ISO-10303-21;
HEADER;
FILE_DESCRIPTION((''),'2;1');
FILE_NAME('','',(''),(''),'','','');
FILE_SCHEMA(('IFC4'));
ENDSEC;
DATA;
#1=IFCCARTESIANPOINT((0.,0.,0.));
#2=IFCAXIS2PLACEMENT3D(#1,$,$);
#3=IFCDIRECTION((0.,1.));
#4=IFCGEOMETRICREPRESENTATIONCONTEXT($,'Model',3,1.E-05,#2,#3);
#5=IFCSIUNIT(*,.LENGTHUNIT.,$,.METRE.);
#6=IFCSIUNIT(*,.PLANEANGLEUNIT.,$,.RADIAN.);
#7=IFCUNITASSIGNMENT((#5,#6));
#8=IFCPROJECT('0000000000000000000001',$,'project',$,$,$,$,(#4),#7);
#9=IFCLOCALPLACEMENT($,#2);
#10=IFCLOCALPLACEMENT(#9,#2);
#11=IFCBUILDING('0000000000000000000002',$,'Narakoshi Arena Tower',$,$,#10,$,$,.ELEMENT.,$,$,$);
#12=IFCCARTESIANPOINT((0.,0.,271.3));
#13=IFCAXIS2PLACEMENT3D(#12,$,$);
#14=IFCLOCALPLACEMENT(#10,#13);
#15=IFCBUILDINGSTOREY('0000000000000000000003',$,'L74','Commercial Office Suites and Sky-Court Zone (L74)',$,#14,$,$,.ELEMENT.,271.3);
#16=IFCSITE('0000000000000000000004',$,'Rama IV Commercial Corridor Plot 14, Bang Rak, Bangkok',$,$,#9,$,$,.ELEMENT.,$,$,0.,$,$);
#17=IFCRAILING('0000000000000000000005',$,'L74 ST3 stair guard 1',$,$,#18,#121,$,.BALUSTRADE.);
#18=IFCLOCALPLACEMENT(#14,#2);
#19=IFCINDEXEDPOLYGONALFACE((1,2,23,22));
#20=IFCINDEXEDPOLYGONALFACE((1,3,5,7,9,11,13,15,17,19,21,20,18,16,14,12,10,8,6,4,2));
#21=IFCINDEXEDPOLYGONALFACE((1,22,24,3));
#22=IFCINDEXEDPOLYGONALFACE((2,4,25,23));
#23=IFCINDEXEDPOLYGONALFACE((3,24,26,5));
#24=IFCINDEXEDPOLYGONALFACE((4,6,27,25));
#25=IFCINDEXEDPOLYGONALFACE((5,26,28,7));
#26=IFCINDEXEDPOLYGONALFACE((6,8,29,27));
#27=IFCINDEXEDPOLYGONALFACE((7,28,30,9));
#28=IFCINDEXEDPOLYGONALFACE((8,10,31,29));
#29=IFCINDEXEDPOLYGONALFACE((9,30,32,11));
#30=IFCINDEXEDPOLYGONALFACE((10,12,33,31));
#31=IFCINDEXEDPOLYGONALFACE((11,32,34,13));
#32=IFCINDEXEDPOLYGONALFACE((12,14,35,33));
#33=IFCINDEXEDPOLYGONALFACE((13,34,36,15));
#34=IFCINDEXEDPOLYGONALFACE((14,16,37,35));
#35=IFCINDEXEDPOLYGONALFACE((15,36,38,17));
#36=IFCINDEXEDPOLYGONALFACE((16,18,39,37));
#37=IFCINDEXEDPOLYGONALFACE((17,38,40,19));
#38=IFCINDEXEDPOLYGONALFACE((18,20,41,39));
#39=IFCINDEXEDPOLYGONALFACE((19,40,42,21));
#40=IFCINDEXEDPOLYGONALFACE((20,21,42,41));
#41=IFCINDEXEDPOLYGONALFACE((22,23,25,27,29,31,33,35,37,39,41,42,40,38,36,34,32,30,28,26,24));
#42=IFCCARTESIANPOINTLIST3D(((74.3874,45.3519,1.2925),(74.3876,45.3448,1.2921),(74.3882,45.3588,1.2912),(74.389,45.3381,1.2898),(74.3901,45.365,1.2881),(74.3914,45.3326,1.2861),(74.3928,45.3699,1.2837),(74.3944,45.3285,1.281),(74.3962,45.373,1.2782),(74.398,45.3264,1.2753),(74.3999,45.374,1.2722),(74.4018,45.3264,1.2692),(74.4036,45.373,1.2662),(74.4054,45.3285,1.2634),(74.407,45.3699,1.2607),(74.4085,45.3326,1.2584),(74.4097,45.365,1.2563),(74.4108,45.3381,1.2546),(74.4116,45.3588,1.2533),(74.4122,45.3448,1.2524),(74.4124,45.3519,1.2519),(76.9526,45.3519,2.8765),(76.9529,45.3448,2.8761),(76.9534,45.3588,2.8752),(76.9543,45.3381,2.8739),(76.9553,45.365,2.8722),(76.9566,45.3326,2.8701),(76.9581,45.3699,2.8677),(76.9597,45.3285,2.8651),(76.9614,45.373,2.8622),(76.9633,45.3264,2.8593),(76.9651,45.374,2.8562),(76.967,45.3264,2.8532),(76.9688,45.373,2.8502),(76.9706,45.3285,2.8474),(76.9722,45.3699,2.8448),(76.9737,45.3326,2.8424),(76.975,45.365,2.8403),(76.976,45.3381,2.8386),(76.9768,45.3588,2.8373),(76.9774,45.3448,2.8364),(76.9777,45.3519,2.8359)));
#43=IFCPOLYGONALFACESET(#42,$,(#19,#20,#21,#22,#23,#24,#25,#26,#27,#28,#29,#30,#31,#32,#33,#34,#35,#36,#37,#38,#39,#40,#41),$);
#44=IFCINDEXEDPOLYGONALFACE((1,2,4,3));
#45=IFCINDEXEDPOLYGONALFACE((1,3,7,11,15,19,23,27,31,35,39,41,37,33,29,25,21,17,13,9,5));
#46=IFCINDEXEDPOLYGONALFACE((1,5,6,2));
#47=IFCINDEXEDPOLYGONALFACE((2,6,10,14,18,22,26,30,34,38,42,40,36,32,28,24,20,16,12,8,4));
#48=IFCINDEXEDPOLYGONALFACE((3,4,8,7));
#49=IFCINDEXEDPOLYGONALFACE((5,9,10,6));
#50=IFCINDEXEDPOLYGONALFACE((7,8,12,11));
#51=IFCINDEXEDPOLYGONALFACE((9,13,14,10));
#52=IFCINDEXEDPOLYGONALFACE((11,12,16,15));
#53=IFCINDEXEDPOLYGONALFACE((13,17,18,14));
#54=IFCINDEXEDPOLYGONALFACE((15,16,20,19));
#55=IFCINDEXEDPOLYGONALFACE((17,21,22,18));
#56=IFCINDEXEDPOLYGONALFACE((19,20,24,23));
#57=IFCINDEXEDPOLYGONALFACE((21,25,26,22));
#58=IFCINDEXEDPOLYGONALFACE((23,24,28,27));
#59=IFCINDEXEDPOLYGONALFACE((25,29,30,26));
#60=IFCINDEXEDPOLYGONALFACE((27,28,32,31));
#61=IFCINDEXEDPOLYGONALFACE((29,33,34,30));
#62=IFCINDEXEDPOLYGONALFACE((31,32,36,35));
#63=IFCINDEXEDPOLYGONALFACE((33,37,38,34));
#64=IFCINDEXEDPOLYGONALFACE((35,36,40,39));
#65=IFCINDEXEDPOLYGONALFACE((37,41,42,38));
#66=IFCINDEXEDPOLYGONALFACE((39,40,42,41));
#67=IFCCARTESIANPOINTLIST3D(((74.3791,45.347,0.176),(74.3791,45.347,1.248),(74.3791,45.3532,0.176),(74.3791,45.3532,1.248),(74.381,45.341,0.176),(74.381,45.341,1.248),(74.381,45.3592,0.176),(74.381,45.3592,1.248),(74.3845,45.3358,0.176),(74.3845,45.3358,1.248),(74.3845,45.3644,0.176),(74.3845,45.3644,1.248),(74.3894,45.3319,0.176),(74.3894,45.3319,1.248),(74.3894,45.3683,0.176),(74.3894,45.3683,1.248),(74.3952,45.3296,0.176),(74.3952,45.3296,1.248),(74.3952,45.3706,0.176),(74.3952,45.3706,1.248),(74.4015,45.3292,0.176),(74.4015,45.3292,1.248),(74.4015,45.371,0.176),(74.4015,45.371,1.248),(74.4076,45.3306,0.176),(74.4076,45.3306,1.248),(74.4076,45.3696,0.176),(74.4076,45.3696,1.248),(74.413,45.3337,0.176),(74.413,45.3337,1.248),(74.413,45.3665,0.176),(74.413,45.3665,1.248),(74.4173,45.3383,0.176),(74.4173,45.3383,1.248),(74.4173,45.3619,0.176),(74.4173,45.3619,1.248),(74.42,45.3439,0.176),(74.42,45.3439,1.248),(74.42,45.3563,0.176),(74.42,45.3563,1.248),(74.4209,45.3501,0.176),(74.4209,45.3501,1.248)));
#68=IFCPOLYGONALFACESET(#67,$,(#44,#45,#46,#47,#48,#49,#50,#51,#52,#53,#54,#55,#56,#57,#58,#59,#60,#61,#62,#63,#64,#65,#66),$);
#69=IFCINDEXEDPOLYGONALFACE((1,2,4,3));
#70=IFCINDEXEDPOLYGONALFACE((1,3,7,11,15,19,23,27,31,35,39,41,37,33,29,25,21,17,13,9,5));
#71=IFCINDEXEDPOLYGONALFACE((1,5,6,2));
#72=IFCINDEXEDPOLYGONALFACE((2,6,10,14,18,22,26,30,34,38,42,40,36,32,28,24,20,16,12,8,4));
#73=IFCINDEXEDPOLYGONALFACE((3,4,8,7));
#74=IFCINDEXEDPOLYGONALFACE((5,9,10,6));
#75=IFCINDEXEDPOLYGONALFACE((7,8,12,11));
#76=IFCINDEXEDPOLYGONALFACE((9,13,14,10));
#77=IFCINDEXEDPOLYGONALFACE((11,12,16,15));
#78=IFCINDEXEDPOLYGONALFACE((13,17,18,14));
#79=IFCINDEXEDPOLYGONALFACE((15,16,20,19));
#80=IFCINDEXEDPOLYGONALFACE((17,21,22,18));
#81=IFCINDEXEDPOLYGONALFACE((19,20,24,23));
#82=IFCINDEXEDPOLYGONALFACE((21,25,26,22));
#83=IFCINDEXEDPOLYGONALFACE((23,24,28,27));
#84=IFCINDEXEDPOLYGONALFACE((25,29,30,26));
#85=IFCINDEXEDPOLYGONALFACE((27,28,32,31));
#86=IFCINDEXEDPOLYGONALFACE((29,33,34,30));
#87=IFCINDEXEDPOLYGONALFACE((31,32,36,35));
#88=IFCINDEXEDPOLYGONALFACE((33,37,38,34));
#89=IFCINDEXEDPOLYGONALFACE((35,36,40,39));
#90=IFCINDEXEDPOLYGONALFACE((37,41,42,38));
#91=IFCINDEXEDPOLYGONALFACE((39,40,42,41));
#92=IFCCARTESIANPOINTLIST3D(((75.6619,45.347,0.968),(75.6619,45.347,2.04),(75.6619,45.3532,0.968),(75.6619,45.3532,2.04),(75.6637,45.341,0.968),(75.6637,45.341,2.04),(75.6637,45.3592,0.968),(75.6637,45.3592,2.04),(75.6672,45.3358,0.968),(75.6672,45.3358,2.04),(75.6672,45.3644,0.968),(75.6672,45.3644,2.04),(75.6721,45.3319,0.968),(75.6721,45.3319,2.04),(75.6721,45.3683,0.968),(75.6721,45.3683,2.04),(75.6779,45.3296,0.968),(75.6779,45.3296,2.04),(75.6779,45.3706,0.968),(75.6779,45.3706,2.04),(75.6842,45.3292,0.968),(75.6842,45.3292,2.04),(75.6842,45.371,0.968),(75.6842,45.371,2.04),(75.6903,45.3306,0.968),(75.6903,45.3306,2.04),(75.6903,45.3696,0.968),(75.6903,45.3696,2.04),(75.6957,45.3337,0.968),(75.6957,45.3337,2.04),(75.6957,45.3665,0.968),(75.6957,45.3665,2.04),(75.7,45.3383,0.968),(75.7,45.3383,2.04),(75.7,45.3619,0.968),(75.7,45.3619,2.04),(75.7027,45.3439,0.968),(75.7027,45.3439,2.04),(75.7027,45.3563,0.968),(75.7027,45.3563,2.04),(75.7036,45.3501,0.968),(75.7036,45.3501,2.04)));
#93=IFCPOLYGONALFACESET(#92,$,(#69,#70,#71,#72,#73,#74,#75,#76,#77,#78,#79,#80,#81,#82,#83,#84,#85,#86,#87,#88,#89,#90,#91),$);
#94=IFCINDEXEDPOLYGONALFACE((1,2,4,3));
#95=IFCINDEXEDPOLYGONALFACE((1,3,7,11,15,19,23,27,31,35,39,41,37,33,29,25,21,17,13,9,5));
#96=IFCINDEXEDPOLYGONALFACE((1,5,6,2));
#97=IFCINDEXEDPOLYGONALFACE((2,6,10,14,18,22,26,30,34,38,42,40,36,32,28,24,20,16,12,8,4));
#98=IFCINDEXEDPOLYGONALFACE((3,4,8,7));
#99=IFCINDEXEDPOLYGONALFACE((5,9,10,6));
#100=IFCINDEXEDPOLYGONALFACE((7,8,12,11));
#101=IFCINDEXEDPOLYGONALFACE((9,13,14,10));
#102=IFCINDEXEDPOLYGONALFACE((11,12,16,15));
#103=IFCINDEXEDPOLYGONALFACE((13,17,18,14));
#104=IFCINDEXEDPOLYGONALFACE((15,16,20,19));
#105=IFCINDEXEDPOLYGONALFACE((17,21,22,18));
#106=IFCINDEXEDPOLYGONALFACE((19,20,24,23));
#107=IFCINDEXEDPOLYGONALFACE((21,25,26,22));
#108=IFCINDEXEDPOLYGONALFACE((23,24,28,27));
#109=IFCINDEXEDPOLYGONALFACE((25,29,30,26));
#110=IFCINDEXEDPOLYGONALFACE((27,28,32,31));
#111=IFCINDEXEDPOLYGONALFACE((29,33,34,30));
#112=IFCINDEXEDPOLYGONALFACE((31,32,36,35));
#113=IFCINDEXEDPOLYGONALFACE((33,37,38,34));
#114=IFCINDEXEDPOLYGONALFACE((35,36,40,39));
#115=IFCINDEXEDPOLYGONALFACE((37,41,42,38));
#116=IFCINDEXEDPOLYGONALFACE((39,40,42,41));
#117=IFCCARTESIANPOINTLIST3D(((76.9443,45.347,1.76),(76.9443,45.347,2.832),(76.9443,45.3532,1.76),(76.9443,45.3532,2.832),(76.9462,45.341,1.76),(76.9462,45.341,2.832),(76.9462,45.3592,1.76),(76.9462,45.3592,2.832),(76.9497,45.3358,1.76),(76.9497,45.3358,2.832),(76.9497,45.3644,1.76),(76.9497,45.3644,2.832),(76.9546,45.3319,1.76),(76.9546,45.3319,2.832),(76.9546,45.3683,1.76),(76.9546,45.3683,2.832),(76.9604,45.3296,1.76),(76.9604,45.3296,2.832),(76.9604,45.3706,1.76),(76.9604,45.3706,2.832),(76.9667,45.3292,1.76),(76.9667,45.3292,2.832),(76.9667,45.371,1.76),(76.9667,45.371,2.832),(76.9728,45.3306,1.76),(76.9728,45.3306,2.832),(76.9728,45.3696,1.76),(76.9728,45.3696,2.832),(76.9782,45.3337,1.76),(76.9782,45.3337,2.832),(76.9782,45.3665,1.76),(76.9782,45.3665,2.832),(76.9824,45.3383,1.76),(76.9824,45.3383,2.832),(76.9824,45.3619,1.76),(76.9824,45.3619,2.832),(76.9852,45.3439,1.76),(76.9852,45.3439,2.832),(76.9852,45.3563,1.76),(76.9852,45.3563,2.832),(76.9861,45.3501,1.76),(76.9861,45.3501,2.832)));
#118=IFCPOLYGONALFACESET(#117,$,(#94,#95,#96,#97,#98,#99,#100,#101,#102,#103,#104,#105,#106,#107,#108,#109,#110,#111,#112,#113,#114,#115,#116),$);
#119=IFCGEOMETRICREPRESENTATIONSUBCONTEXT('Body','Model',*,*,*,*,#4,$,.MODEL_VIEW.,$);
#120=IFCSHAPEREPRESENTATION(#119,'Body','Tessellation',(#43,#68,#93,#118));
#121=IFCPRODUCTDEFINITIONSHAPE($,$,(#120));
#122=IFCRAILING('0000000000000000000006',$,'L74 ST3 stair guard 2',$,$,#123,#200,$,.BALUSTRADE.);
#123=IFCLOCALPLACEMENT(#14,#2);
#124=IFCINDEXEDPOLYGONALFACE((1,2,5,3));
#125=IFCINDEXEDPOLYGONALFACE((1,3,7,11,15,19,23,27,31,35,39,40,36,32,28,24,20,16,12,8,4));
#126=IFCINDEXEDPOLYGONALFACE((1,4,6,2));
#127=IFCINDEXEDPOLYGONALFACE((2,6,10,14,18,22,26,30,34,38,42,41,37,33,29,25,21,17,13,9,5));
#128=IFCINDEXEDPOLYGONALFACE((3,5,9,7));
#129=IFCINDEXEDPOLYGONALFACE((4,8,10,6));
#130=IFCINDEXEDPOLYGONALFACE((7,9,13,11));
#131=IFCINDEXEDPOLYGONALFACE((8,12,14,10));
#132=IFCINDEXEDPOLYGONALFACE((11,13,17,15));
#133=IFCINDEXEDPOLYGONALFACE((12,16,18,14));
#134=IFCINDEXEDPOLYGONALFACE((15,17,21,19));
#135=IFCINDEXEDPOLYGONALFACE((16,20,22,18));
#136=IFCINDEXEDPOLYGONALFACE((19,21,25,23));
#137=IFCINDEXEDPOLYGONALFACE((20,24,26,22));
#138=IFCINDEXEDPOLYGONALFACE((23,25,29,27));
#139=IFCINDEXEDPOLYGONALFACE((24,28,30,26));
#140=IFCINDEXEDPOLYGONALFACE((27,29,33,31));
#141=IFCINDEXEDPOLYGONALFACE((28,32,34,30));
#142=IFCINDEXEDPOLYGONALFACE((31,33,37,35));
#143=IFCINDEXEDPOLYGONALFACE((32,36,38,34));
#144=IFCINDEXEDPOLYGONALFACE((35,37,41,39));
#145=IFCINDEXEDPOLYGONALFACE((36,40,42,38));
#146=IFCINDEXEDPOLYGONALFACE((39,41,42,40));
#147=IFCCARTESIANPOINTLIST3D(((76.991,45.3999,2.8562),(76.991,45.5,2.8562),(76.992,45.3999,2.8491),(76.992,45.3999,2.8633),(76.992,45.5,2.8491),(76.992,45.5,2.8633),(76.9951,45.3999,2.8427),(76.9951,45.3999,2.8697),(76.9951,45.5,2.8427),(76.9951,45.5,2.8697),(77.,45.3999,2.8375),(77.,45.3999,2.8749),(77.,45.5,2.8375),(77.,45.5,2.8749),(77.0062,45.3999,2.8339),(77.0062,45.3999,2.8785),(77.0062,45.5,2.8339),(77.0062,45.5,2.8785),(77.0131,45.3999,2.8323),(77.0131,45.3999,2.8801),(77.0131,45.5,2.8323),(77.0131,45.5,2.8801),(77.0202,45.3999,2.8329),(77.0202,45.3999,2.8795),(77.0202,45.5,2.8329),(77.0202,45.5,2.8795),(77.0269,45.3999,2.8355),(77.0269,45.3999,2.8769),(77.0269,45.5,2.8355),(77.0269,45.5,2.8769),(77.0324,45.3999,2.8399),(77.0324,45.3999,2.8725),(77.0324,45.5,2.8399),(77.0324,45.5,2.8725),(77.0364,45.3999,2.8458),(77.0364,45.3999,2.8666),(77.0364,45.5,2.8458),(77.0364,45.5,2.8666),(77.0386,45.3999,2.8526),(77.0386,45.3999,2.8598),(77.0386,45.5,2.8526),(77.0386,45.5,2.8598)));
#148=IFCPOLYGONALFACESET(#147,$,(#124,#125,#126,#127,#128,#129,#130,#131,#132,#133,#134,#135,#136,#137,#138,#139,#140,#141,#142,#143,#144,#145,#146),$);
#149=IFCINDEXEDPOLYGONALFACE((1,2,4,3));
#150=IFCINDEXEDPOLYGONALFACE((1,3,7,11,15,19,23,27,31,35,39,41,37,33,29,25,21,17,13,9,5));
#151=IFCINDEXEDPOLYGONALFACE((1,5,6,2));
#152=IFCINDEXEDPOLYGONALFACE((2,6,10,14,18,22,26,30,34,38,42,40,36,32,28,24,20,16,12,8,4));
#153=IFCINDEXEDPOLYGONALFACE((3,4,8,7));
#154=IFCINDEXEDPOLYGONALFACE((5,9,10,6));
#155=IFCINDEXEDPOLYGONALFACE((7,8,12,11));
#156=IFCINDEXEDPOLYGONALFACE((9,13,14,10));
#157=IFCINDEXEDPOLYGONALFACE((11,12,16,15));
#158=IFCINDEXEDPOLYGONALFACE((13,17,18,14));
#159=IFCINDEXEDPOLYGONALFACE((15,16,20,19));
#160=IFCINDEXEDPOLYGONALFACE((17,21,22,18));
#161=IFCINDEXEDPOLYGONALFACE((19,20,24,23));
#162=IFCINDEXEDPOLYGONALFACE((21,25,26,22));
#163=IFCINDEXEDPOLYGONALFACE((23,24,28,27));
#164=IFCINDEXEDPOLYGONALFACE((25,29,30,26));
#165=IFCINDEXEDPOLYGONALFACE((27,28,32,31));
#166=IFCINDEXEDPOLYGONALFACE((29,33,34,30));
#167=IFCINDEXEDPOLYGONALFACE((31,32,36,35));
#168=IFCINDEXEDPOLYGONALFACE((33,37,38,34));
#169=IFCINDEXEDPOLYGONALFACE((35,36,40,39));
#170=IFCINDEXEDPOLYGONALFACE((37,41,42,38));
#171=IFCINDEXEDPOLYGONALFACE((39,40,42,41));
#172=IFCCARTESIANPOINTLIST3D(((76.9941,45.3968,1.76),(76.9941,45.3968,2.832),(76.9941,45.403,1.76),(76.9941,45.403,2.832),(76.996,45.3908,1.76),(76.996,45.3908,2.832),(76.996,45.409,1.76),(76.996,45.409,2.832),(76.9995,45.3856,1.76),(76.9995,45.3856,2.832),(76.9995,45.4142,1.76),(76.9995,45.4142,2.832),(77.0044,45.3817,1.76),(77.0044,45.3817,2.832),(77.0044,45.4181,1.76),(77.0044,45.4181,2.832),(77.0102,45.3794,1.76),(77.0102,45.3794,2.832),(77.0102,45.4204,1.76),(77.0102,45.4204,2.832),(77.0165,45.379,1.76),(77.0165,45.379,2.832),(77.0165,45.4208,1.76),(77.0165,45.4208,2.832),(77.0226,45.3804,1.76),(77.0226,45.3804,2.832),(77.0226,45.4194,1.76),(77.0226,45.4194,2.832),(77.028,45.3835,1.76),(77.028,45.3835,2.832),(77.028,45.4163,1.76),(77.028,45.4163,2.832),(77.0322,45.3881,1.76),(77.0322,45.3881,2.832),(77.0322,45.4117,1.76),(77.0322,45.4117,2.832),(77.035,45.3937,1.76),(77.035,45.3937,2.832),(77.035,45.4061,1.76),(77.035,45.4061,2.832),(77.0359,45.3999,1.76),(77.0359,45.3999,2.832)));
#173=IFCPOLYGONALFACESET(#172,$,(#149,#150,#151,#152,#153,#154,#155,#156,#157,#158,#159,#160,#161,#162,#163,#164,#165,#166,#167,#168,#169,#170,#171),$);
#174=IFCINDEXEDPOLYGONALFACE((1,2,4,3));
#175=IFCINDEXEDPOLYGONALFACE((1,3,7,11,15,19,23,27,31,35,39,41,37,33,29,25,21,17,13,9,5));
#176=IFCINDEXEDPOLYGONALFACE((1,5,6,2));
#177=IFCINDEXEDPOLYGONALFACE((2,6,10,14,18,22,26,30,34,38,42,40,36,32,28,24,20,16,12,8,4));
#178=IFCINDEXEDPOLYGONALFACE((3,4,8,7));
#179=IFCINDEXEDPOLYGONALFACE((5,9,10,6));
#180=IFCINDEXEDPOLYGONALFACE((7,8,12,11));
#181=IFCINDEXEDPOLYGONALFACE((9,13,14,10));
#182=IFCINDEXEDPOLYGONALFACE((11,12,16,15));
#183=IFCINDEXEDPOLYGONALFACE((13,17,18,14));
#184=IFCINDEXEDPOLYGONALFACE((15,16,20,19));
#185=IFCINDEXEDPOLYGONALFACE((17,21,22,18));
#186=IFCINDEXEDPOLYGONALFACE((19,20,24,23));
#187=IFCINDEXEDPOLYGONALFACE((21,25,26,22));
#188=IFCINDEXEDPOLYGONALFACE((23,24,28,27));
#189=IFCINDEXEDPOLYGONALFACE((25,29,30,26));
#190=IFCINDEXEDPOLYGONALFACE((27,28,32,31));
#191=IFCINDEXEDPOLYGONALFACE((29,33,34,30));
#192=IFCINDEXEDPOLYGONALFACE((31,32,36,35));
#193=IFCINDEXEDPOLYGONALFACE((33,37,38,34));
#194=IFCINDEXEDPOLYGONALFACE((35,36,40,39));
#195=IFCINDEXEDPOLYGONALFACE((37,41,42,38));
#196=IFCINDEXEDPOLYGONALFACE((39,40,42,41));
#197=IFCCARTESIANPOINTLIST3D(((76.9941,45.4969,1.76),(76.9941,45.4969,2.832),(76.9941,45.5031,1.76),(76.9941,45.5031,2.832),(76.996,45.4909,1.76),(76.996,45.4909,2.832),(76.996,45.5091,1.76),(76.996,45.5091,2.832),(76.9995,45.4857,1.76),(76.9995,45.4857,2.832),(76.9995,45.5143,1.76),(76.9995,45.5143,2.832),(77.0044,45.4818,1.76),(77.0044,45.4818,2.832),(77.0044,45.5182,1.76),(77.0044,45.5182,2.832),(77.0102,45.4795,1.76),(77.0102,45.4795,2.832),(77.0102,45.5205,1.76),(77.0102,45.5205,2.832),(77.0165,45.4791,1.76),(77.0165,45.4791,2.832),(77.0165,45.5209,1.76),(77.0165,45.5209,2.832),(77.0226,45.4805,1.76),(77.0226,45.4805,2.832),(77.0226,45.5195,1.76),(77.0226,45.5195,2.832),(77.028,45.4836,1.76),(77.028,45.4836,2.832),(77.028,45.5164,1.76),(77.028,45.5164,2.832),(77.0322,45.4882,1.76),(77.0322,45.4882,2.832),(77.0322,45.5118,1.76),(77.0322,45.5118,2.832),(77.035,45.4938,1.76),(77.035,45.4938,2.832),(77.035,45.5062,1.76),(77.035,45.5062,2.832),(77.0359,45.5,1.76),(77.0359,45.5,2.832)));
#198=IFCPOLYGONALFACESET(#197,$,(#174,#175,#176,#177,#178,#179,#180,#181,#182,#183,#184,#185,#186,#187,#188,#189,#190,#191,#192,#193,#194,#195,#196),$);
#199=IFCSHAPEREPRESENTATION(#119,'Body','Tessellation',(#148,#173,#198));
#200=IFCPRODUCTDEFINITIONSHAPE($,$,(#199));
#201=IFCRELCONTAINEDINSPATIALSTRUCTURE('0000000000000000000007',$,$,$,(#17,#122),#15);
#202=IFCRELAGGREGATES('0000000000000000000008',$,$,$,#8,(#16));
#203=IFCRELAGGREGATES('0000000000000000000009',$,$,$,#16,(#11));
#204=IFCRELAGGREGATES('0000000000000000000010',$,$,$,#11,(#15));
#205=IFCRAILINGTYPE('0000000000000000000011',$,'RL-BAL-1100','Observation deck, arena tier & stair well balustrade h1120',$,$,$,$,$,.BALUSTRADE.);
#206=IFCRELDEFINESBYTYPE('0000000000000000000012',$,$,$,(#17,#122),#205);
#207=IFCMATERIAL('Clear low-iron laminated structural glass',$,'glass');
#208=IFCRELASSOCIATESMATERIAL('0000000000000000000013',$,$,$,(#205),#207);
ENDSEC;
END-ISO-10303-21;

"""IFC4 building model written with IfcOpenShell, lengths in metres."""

from ifc_helpers import new_model, si_unit, direction, frame, origin, origin_2d, place, context, subcontext, project, spatial, circle, extrude, material, type_object, element, save


model = new_model("IFC4")

# Units and contexts
model_context = context("Model", 3, precision=1e-05, world=origin(), true_north=direction((0.0, 1.0)))
body_context = subcontext(model_context, "Body", "Model", "MODEL_VIEW")
ifc_project = project(units=[si_unit("LENGTHUNIT", "METRE"), si_unit("PLANEANGLEUNIT", "RADIAN")], contexts=[model_context])

# Site, building, storey
site_placement = place(None, origin())
site = spatial("IfcSite", under=ifc_project, at=site_placement, Name="Rama IV Commercial Corridor Plot 14, Bang Rak, Bangkok", CompositionType="ELEMENT", RefElevation=0.0)
building_placement = place(site_placement, origin())
building = spatial("IfcBuilding", under=site, at=building_placement, Name="Narakoshi Arena Tower", CompositionType="ELEMENT")
storey_placement = place(building_placement, frame((0.0, 0.0, 271.3)))
storey = spatial("IfcBuildingStorey", under=building, at=storey_placement, Name="L74", Description="Commercial Office Suites and Sky-Court Zone (L74)", CompositionType="ELEMENT", Elevation=271.3)

# Railings
ifc_material_1 = material(Name="Clear low-iron laminated structural glass", Category="glass")
railing_type_1 = type_object("IfcRailingType", Name="RL-BAL-1100", Description="Observation deck, arena tier & stair well balustrade h1120", PredefinedType="BALUSTRADE", material=ifc_material_1)
railing_1_placement = place(storey_placement, frame((74.3999, 45.3501, 0.176)))
element("IfcRailing", 1, at=railing_1_placement, inside=storey, type_object=railing_type_1, Name="L74 ST3 stair guard 1", PredefinedType="BALUSTRADE", context=body_context, shape_type="SweptSolid", body=[
    extrude(circle(Radius=0.0239, at=origin_2d()), frame((0.0, 0.0, 1.0962), z_axis=(0.850857, 0.0, 0.525398), x_axis=(0.0, 1.0, 0.0)), (0.0, 0.0, 1.0), 3.0149),
    extrude(circle(Radius=0.021, at=origin_2d()), origin(), (0.0, 0.0, 1.0), 1.072),
    extrude(circle(Radius=0.021, at=origin_2d()), frame((1.2827, 0.0, 0.792)), (0.0, 0.0, 1.0), 1.072),
    extrude(circle(Radius=0.021, at=origin_2d()), frame((2.5652, 0.0, 1.584)), (0.0, 0.0, 1.0), 1.072),
])
railing_2_placement = place(storey_placement, frame((77.0149, 45.3999, 1.76)))
element("IfcRailing", 2, at=railing_2_placement, inside=storey, type_object=railing_type_1, Name="L74 ST3 stair guard 2", PredefinedType="BALUSTRADE", context=body_context, shape_type="SweptSolid", body=[
    extrude(circle(Radius=0.0239, at=origin_2d()), frame((0.0, 0.0, 1.0962), z_axis=(0.0, 1.0, 0.0), x_axis=(-1.0, 0.0, 0.0)), (0.0, 0.0, 1.0), 0.1001),
    extrude(circle(Radius=0.021, at=origin_2d()), origin(), (0.0, 0.0, 1.0), 1.072),
    extrude(circle(Radius=0.021, at=origin_2d()), frame((0.0, 0.1001, 0.0)), (0.0, 0.0, 1.0), 1.072),
])

save(model, "model.ifc")
